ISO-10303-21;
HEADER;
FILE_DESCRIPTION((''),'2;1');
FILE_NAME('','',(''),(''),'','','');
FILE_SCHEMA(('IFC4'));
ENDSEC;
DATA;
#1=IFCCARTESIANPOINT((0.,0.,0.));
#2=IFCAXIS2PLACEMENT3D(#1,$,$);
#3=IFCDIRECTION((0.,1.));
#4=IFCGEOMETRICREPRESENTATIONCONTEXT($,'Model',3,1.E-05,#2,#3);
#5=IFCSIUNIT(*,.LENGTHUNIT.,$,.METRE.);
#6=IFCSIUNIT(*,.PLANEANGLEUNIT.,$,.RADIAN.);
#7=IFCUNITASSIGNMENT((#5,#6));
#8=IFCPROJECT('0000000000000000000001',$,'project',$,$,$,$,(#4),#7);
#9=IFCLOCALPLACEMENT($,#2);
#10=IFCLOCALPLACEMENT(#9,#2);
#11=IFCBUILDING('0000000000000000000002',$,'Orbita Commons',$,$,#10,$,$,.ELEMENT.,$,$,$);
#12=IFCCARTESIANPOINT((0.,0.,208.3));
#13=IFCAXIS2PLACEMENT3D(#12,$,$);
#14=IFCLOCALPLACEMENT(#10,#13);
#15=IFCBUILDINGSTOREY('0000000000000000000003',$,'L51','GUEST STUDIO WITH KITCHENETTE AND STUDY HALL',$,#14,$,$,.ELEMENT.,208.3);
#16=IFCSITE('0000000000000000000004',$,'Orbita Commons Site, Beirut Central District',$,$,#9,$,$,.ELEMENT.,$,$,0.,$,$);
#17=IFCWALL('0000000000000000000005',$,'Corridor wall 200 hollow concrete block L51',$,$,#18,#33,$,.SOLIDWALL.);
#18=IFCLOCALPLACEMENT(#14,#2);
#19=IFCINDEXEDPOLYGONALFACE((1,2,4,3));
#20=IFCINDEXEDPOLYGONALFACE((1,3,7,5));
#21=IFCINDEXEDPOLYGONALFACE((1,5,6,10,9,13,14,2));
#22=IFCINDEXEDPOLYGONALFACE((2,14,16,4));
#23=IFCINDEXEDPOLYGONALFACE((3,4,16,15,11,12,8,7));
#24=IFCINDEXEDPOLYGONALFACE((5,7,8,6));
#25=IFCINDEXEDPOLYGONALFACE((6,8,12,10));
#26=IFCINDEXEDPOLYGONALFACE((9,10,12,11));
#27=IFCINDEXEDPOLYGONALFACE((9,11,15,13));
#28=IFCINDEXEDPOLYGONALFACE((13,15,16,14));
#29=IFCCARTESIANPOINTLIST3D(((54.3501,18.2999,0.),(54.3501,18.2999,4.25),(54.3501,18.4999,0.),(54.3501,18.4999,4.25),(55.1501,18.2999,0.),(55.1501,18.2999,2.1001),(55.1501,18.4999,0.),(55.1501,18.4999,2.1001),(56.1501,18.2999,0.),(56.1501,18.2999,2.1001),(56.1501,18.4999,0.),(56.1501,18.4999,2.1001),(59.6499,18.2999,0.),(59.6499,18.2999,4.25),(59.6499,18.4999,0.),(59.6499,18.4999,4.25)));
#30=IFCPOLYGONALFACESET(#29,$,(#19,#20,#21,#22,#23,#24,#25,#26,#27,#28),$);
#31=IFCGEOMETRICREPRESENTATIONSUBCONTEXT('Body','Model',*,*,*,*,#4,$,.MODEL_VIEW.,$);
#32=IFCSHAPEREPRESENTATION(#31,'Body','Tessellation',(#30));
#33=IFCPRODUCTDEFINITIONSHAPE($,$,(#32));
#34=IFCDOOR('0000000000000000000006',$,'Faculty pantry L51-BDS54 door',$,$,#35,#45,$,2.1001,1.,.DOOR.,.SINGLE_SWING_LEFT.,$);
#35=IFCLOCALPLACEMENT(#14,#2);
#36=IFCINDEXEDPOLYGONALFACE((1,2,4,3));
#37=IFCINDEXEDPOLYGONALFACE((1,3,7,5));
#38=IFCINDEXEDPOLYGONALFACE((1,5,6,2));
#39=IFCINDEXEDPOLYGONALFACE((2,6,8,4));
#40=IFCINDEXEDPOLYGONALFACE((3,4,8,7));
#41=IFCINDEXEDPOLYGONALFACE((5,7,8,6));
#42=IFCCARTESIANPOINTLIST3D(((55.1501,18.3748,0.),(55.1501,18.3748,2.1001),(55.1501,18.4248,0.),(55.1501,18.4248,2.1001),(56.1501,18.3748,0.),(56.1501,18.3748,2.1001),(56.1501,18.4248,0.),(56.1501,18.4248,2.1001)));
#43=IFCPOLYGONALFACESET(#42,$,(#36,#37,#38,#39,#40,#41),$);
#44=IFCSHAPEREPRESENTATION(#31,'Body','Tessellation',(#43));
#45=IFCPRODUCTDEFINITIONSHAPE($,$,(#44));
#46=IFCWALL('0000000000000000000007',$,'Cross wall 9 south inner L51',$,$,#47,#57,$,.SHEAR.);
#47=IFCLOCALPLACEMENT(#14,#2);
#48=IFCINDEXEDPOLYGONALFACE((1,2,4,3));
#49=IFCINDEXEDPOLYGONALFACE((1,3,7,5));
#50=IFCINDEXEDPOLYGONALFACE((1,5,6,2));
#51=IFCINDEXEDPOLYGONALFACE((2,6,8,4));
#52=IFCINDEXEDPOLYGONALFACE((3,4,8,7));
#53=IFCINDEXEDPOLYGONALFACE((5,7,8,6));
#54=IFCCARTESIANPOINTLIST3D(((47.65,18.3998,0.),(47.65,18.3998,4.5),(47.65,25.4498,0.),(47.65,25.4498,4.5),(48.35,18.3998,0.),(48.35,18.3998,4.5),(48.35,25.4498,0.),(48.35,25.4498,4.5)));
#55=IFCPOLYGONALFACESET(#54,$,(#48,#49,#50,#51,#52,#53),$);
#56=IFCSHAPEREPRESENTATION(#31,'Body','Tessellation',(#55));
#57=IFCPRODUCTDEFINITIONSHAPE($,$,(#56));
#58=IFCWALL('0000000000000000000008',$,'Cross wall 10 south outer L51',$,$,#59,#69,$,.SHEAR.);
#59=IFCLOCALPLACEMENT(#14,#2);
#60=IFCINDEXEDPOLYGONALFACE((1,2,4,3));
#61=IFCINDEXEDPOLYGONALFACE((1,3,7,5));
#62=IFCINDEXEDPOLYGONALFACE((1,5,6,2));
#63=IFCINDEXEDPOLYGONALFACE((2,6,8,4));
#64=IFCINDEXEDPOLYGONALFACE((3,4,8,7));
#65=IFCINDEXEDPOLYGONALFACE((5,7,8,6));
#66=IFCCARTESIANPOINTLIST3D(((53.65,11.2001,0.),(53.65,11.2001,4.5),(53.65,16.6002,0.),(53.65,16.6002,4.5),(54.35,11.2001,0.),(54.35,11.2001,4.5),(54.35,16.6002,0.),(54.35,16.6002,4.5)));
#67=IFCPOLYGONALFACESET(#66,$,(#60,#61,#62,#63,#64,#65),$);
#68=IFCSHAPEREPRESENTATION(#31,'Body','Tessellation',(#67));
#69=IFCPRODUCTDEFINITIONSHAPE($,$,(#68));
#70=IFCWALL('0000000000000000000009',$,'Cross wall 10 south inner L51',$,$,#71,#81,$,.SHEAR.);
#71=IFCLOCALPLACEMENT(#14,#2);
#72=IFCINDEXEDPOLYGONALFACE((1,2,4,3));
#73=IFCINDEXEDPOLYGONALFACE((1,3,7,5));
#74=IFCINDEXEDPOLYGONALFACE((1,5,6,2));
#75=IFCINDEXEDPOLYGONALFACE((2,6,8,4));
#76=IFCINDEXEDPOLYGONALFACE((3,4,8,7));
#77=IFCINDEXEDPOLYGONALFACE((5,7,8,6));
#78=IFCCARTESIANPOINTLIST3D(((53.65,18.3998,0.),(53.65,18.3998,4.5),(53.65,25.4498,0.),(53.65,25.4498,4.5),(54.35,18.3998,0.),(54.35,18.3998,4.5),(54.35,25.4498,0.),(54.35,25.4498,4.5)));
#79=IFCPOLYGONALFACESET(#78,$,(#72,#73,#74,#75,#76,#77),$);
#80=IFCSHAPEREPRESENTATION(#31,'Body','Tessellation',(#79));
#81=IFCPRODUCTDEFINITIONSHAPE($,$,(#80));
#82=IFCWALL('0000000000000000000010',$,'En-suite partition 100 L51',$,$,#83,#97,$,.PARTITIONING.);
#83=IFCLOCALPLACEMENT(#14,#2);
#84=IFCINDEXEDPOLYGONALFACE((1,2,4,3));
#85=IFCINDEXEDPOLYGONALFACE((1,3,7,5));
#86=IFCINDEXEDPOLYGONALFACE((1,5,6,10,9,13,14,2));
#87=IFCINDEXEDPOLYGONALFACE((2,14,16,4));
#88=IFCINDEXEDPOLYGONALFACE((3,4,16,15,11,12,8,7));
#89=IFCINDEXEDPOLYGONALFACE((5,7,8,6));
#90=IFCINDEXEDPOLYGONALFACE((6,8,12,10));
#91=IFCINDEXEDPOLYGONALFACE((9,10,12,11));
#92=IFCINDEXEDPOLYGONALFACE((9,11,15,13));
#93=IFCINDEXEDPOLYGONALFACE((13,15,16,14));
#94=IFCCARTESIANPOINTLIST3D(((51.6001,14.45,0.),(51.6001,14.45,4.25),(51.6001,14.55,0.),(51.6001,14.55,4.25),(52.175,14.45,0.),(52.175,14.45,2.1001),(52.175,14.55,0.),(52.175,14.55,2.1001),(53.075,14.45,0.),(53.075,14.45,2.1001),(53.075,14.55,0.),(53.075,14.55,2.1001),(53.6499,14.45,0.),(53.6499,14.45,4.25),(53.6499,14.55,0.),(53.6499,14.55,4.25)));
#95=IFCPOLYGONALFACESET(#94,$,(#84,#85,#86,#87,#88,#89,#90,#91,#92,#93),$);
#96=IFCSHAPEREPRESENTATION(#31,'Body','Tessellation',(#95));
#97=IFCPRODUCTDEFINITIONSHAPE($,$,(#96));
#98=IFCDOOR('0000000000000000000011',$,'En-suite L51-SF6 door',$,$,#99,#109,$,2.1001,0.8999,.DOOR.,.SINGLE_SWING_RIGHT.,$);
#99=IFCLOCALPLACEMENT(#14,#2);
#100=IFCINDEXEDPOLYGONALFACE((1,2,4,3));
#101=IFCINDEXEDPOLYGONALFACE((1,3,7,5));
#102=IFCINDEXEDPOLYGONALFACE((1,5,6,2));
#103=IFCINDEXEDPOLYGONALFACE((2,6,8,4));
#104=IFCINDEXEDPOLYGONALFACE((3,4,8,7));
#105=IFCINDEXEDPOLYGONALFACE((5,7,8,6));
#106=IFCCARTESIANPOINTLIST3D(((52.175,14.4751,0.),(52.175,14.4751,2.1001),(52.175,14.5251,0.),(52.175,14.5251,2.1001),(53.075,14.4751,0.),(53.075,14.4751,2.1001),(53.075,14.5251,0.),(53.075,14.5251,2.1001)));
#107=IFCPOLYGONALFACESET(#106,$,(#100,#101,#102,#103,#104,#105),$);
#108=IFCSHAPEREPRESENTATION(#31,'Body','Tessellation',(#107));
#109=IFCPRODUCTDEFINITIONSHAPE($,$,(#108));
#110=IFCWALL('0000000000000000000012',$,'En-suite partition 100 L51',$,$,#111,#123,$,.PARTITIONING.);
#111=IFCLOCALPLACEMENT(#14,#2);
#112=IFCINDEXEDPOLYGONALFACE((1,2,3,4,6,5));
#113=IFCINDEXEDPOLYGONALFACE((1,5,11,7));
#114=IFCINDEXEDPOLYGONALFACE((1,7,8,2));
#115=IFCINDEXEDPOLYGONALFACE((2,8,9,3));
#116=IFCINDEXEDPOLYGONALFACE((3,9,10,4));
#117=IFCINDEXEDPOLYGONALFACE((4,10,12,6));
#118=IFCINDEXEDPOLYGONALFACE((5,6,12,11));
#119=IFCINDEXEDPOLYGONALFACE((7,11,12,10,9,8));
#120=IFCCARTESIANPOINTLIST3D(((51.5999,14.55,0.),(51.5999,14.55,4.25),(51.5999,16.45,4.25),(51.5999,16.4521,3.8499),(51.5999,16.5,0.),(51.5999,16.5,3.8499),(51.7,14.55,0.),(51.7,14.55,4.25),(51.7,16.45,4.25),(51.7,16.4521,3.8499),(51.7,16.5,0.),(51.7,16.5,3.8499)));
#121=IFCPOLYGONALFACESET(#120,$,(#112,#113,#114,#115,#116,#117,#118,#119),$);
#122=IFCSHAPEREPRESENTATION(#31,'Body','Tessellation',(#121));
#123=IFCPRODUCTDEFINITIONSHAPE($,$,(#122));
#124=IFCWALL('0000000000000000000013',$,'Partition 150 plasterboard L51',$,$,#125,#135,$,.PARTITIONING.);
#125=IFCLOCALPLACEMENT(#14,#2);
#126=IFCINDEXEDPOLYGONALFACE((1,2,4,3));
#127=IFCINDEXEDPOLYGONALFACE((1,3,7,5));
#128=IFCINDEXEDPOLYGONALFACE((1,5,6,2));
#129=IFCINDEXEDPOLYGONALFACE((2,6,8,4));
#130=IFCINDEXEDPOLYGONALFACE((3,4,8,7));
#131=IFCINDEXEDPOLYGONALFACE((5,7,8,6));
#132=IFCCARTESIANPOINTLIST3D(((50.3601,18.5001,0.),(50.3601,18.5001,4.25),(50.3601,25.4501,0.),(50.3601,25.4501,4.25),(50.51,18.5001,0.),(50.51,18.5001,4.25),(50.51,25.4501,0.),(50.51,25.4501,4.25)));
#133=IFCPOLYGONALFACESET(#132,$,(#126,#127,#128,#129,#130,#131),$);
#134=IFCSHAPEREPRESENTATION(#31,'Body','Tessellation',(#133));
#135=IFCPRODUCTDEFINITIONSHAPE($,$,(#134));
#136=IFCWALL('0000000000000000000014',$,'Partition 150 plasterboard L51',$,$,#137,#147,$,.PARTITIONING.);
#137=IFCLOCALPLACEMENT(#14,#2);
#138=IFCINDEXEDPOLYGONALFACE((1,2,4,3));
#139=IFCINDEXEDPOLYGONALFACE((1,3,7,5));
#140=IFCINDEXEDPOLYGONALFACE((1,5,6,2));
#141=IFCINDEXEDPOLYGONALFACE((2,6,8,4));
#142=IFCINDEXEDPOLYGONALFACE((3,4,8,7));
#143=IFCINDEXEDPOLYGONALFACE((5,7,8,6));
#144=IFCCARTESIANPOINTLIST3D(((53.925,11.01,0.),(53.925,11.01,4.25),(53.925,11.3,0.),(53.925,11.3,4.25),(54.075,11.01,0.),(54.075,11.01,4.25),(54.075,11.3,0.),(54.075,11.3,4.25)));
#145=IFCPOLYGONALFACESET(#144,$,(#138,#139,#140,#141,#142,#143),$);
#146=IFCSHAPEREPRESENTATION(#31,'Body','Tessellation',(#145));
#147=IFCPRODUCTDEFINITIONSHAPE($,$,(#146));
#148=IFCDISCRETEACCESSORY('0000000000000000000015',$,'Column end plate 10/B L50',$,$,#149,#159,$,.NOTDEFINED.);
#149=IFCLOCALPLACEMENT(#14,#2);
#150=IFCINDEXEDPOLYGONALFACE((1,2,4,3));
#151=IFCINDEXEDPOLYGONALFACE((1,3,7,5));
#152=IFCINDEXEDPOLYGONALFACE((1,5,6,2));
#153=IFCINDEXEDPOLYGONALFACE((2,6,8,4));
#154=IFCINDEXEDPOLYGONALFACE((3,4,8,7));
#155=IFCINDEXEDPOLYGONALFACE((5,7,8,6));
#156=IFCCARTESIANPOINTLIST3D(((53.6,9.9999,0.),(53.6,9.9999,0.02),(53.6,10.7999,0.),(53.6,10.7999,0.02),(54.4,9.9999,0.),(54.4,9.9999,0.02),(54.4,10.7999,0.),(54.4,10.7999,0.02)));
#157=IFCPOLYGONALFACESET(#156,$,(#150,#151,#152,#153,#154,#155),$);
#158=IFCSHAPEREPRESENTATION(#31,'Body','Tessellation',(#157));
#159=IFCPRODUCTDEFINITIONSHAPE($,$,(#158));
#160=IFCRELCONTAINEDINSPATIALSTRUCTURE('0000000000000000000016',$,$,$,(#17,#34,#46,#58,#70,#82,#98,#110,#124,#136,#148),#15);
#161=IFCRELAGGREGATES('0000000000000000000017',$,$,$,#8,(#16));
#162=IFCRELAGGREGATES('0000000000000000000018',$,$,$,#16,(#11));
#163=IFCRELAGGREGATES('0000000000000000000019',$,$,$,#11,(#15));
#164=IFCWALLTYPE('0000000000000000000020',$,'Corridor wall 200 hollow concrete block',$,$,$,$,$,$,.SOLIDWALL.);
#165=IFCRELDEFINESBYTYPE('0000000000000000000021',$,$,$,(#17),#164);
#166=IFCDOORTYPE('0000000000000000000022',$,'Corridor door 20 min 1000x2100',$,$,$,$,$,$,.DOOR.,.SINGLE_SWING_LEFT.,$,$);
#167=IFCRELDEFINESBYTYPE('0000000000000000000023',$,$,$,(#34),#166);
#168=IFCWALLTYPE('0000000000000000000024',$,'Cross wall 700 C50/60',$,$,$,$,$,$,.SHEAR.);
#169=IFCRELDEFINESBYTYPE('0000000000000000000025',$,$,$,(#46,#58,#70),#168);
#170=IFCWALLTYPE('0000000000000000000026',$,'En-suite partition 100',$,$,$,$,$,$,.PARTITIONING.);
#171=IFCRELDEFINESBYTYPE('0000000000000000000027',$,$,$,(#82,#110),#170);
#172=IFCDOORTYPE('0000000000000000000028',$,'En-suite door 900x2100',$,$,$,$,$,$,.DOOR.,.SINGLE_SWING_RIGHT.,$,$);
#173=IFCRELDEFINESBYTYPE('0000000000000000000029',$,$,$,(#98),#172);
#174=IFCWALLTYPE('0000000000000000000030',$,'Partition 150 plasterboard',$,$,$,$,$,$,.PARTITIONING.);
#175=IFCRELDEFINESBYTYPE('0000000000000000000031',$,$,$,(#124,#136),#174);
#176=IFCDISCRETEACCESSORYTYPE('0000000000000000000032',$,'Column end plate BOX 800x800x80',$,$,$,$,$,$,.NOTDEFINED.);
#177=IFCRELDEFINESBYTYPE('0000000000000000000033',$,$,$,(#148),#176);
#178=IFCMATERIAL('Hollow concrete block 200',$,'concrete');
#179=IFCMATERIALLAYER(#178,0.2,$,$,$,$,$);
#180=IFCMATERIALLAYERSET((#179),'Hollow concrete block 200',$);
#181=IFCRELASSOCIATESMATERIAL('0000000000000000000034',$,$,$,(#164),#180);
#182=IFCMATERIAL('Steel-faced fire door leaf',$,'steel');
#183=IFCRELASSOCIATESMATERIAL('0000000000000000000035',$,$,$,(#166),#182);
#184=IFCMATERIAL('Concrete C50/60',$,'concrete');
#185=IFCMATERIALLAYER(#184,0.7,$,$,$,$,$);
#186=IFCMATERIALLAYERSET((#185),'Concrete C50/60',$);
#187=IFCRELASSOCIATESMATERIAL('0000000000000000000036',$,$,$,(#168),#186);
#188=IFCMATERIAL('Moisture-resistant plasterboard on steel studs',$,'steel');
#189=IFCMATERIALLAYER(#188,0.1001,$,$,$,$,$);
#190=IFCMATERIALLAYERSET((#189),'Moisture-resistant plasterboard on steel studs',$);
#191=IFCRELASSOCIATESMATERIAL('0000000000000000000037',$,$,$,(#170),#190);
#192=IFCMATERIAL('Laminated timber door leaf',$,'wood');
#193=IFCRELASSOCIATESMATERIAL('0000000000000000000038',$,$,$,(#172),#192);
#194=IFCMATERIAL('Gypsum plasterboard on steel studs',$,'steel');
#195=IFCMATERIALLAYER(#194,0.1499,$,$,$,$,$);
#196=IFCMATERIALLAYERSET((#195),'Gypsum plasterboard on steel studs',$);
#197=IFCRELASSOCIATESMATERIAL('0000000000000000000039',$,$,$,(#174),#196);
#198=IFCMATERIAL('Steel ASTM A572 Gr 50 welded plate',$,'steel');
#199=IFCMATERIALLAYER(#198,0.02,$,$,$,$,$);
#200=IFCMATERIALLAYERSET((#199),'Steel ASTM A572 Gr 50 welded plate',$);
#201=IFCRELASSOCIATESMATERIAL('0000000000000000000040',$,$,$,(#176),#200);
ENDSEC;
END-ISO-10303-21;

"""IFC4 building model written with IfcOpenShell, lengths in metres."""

from ifc_helpers import new_model, si_unit, direction, frame, frame_2d, origin, origin_2d, place, context, subcontext, project, spatial, polyline, rectangle, outline, extrude, material, layer, layer_set, type_object, element, fill, save


model = new_model("IFC4")

# Units and contexts
model_context = context("Model", 3, precision=1e-05, world=origin(), true_north=direction((0.0, 1.0)))
body_context = subcontext(model_context, "Body", "Model", "MODEL_VIEW")
ifc_project = project(units=[si_unit("LENGTHUNIT", "METRE"), si_unit("PLANEANGLEUNIT", "RADIAN")], contexts=[model_context])

# Site, building, storey
site_placement = place(None, origin())
site = spatial("IfcSite", under=ifc_project, at=site_placement, Name="Orbita Commons Site, Beirut Central District", CompositionType="ELEMENT", RefElevation=0.0)
building_placement = place(site_placement, origin())
building = spatial("IfcBuilding", under=site, at=building_placement, Name="Orbita Commons", CompositionType="ELEMENT")
storey_placement = place(building_placement, frame((0.0, 0.0, 208.3)))
storey = spatial("IfcBuildingStorey", under=building, at=storey_placement, Name="L51", Description="GUEST STUDIO WITH KITCHENETTE AND STUDY HALL", CompositionType="ELEMENT", Elevation=208.3)

# Shared definitions
ifc_material_1 = material(Name="Hollow concrete block 200", Category="concrete")
ifc_layer_1 = layer(ifc_material_1, 0.2)
ifc_layer_set_1 = layer_set([ifc_layer_1], Name="Hollow concrete block 200")
wall_type_1 = type_object("IfcWallType", Name="Corridor wall 200 hollow concrete block", PredefinedType="SOLIDWALL", material=ifc_layer_set_1)

# Wall, opening, door
wall_1_placement = place(storey_placement, frame((54.3501, 18.3999, 0.0), z_axis=(0.0, 0.0, 1.0), x_axis=(1.0, 0.0, 0.0)))
wall_1 = element("IfcWall", 1, at=wall_1_placement, inside=storey, type_object=wall_type_1, Name="Corridor wall 200 hollow concrete block L51", PredefinedType="SOLIDWALL", context=body_context, shape_type="SweptSolid", body=[
    extrude(rectangle(XDim=5.2998, YDim=0.2, at=frame_2d((2.6499, 0.0))), origin(), (0.0, 0.0, 1.0), 4.25),
])
opening_1_placement = place(wall_1_placement, frame((0.8, 0.0, 0.0)))
opening_1 = element("IfcOpeningElement", 2, at=opening_1_placement, cuts=wall_1, PredefinedType="OPENING", context=body_context, shape_type="SweptSolid", body=[
    extrude(rectangle(XDim=1.0, YDim=2.1001, at=frame_2d((0.5, 1.05))), frame((0.0, 0.1099, 0.0), z_axis=(0.0, -1.0, 0.0), x_axis=(1.0, 0.0, 0.0)), (0.0, 0.0, 1.0), 0.22),
])
ifc_material_2 = material(Name="Steel-faced fire door leaf", Category="steel")
door_type_1 = type_object("IfcDoorType", Name="Corridor door 20 min 1000x2100", OperationType="SINGLE_SWING_LEFT", PredefinedType="DOOR", material=ifc_material_2)
door_1_placement = place(opening_1_placement, origin())
door_1 = element("IfcDoor", 3, at=door_1_placement, inside=storey, type_object=door_type_1, Name="Faculty pantry L51-BDS54 door", OperationType="SINGLE_SWING_LEFT", OverallHeight=2.1001, OverallWidth=1.0, PredefinedType="DOOR", context=body_context, shape_type="SweptSolid", body=[
    extrude(rectangle(XDim=1.0, YDim=2.1001, at=frame_2d((0.5, 1.05))), frame((0.0, 0.0249, 0.0), z_axis=(0.0, -1.0, 0.0), x_axis=(1.0, 0.0, 0.0)), (0.0, 0.0, 1.0), 0.05),
])
fill(opening_1, door_1)

# Walls
ifc_material_3 = material(Name="Concrete C50/60", Category="concrete")
ifc_layer_2 = layer(ifc_material_3, 0.7)
ifc_layer_set_2 = layer_set([ifc_layer_2], Name="Concrete C50/60")
wall_type_2 = type_object("IfcWallType", Name="Cross wall 700 C50/60", PredefinedType="SHEAR", material=ifc_layer_set_2)
wall_2_placement = place(storey_placement, frame((48.0, 18.3999, 0.0), z_axis=(0.0, 0.0, 1.0), x_axis=(0.0, 1.0, 0.0)))
element("IfcWall", 4, at=wall_2_placement, inside=storey, type_object=wall_type_2, Name="Cross wall 9 south inner L51", PredefinedType="SHEAR", context=body_context, shape_type="SweptSolid", body=[
    extrude(rectangle(XDim=7.05, YDim=0.7, at=frame_2d((3.5249, 0.0))), origin(), (0.0, 0.0, 1.0), 4.5),
])
wall_3_placement = place(storey_placement, frame((54.0, 11.2, 0.0), z_axis=(0.0, 0.0, 1.0), x_axis=(0.0, 1.0, 0.0)))
element("IfcWall", 5, at=wall_3_placement, inside=storey, type_object=wall_type_2, Name="Cross wall 10 south outer L51", PredefinedType="SHEAR", context=body_context, shape_type="SweptSolid", body=[
    extrude(rectangle(XDim=5.4001, YDim=0.7, at=frame_2d((2.7002, 0.0))), origin(), (0.0, 0.0, 1.0), 4.5),
])
wall_4_placement = place(storey_placement, frame((54.0, 18.3999, 0.0), z_axis=(0.0, 0.0, 1.0), x_axis=(0.0, 1.0, 0.0)))
element("IfcWall", 6, at=wall_4_placement, inside=storey, type_object=wall_type_2, Name="Cross wall 10 south inner L51", PredefinedType="SHEAR", context=body_context, shape_type="SweptSolid", body=[
    extrude(rectangle(XDim=7.05, YDim=0.7, at=frame_2d((3.5249, 0.0))), origin(), (0.0, 0.0, 1.0), 4.5),
])

# Wall, opening, door
ifc_material_4 = material(Name="Moisture-resistant plasterboard on steel studs", Category="steel")
ifc_layer_3 = layer(ifc_material_4, 0.1001)
ifc_layer_set_3 = layer_set([ifc_layer_3], Name="Moisture-resistant plasterboard on steel studs")
wall_type_3 = type_object("IfcWallType", Name="En-suite partition 100", PredefinedType="PARTITIONING", material=ifc_layer_set_3)
wall_5_placement = place(storey_placement, frame((53.6499, 14.5, 0.0), z_axis=(0.0, 0.0, 1.0), x_axis=(-1.0, 0.0, 0.0)))
wall_5 = element("IfcWall", 7, at=wall_5_placement, inside=storey, type_object=wall_type_3, Name="En-suite partition 100 L51", PredefinedType="PARTITIONING", context=body_context, shape_type="SweptSolid", body=[
    extrude(rectangle(XDim=2.0498, YDim=0.1001, at=frame_2d((1.0249, 0.0))), origin(), (0.0, 0.0, 1.0), 4.25),
])
opening_2_placement = place(wall_5_placement, frame((0.575, 0.0, 0.0)))
opening_2 = element("IfcOpeningElement", 8, at=opening_2_placement, cuts=wall_5, PredefinedType="OPENING", context=body_context, shape_type="SweptSolid", body=[
    extrude(rectangle(XDim=0.8999, YDim=2.1001, at=frame_2d((0.45, 1.05))), frame((0.0, 0.0601, 0.0), z_axis=(0.0, -1.0, 0.0), x_axis=(1.0, 0.0, 0.0)), (0.0, 0.0, 1.0), 0.1201),
])
ifc_material_5 = material(Name="Laminated timber door leaf", Category="wood")
door_type_2 = type_object("IfcDoorType", Name="En-suite door 900x2100", OperationType="SINGLE_SWING_RIGHT", PredefinedType="DOOR", material=ifc_material_5)
door_2_placement = place(opening_2_placement, origin())
door_2 = element("IfcDoor", 9, at=door_2_placement, inside=storey, type_object=door_type_2, Name="En-suite L51-SF6 door", OperationType="SINGLE_SWING_RIGHT", OverallHeight=2.1001, OverallWidth=0.8999, PredefinedType="DOOR", context=body_context, shape_type="SweptSolid", body=[
    extrude(rectangle(XDim=0.8999, YDim=2.1001, at=frame_2d((0.45, 1.05))), frame((0.0, 0.0249, 0.0), z_axis=(0.0, -1.0, 0.0), x_axis=(1.0, 0.0, 0.0)), (0.0, 0.0, 1.0), 0.05),
])
fill(opening_2, door_2)

# Walls
wall_6_placement = place(storey_placement, frame((51.6499, 14.55, 0.0), z_axis=(0.0, 0.0, 1.0), x_axis=(0.0, 1.0, 0.0)))
element("IfcWall", 10, at=wall_6_placement, inside=storey, type_object=wall_type_3, Name="En-suite partition 100 L51", PredefinedType="PARTITIONING", context=body_context, shape_type="SweptSolid", body=[
    extrude(outline(polyline([(0.0, 0.0), (1.95, 0.0), (1.95, 3.8499), (1.9021, 3.8499), (1.8999, 4.25), (0.0, 4.25), (0.0, 0.0)])), frame((0.0, 0.05, 0.0), z_axis=(0.0, -1.0, 0.0), x_axis=(1.0, 0.0, 0.0)), (0.0, 0.0, 1.0), 0.1001),
])
ifc_material_6 = material(Name="Gypsum plasterboard on steel studs", Category="steel")
ifc_layer_4 = layer(ifc_material_6, 0.1499)
ifc_layer_set_4 = layer_set([ifc_layer_4], Name="Gypsum plasterboard on steel studs")
wall_type_4 = type_object("IfcWallType", Name="Partition 150 plasterboard", PredefinedType="PARTITIONING", material=ifc_layer_set_4)
wall_7_placement = place(storey_placement, frame((50.4351, 18.5, 0.0), z_axis=(0.0, 0.0, 1.0), x_axis=(0.0, 1.0, 0.0)))
element("IfcWall", 11, at=wall_7_placement, inside=storey, type_object=wall_type_4, Name="Partition 150 plasterboard L51", PredefinedType="PARTITIONING", context=body_context, shape_type="SweptSolid", body=[
    extrude(rectangle(XDim=6.95, YDim=0.1499, at=frame_2d((3.4751, 0.0))), origin(), (0.0, 0.0, 1.0), 4.25),
])
wall_8_placement = place(storey_placement, frame((54.0, 11.3, 0.0), z_axis=(0.0, 0.0, 1.0), x_axis=(0.0, -1.0, 0.0)))
element("IfcWall", 12, at=wall_8_placement, inside=storey, type_object=wall_type_4, Name="Partition 150 plasterboard L51", PredefinedType="PARTITIONING", context=body_context, shape_type="SweptSolid", body=[
    extrude(rectangle(XDim=0.29, YDim=0.1499, at=frame_2d((0.145, 0.0))), origin(), (0.0, 0.0, 1.0), 4.25),
])

# Discrete accessory
ifc_material_7 = material(Name="Steel ASTM A572 Gr 50 welded plate", Category="steel")
ifc_layer_5 = layer(ifc_material_7, 0.02)
ifc_layer_set_5 = layer_set([ifc_layer_5], Name="Steel ASTM A572 Gr 50 welded plate")
discrete_accessory_type = type_object("IfcDiscreteAccessoryType", Name="Column end plate BOX 800x800x80", PredefinedType="NOTDEFINED", material=ifc_layer_set_5)
discrete_accessory_placement = place(storey_placement, frame((54.0, 10.3999, 0.0), z_axis=(0.0, 0.0, 1.0), x_axis=(1.0, 0.0, 0.0)))
element("IfcDiscreteAccessory", 13, at=discrete_accessory_placement, inside=storey, type_object=discrete_accessory_type, Name="Column end plate 10/B L50", PredefinedType="NOTDEFINED", context=body_context, shape_type="SweptSolid", body=[
    extrude(rectangle(XDim=0.8, YDim=0.8, at=origin_2d()), origin(), (0.0, 0.0, 1.0), 0.02),
])

save(model, "model.ifc")
